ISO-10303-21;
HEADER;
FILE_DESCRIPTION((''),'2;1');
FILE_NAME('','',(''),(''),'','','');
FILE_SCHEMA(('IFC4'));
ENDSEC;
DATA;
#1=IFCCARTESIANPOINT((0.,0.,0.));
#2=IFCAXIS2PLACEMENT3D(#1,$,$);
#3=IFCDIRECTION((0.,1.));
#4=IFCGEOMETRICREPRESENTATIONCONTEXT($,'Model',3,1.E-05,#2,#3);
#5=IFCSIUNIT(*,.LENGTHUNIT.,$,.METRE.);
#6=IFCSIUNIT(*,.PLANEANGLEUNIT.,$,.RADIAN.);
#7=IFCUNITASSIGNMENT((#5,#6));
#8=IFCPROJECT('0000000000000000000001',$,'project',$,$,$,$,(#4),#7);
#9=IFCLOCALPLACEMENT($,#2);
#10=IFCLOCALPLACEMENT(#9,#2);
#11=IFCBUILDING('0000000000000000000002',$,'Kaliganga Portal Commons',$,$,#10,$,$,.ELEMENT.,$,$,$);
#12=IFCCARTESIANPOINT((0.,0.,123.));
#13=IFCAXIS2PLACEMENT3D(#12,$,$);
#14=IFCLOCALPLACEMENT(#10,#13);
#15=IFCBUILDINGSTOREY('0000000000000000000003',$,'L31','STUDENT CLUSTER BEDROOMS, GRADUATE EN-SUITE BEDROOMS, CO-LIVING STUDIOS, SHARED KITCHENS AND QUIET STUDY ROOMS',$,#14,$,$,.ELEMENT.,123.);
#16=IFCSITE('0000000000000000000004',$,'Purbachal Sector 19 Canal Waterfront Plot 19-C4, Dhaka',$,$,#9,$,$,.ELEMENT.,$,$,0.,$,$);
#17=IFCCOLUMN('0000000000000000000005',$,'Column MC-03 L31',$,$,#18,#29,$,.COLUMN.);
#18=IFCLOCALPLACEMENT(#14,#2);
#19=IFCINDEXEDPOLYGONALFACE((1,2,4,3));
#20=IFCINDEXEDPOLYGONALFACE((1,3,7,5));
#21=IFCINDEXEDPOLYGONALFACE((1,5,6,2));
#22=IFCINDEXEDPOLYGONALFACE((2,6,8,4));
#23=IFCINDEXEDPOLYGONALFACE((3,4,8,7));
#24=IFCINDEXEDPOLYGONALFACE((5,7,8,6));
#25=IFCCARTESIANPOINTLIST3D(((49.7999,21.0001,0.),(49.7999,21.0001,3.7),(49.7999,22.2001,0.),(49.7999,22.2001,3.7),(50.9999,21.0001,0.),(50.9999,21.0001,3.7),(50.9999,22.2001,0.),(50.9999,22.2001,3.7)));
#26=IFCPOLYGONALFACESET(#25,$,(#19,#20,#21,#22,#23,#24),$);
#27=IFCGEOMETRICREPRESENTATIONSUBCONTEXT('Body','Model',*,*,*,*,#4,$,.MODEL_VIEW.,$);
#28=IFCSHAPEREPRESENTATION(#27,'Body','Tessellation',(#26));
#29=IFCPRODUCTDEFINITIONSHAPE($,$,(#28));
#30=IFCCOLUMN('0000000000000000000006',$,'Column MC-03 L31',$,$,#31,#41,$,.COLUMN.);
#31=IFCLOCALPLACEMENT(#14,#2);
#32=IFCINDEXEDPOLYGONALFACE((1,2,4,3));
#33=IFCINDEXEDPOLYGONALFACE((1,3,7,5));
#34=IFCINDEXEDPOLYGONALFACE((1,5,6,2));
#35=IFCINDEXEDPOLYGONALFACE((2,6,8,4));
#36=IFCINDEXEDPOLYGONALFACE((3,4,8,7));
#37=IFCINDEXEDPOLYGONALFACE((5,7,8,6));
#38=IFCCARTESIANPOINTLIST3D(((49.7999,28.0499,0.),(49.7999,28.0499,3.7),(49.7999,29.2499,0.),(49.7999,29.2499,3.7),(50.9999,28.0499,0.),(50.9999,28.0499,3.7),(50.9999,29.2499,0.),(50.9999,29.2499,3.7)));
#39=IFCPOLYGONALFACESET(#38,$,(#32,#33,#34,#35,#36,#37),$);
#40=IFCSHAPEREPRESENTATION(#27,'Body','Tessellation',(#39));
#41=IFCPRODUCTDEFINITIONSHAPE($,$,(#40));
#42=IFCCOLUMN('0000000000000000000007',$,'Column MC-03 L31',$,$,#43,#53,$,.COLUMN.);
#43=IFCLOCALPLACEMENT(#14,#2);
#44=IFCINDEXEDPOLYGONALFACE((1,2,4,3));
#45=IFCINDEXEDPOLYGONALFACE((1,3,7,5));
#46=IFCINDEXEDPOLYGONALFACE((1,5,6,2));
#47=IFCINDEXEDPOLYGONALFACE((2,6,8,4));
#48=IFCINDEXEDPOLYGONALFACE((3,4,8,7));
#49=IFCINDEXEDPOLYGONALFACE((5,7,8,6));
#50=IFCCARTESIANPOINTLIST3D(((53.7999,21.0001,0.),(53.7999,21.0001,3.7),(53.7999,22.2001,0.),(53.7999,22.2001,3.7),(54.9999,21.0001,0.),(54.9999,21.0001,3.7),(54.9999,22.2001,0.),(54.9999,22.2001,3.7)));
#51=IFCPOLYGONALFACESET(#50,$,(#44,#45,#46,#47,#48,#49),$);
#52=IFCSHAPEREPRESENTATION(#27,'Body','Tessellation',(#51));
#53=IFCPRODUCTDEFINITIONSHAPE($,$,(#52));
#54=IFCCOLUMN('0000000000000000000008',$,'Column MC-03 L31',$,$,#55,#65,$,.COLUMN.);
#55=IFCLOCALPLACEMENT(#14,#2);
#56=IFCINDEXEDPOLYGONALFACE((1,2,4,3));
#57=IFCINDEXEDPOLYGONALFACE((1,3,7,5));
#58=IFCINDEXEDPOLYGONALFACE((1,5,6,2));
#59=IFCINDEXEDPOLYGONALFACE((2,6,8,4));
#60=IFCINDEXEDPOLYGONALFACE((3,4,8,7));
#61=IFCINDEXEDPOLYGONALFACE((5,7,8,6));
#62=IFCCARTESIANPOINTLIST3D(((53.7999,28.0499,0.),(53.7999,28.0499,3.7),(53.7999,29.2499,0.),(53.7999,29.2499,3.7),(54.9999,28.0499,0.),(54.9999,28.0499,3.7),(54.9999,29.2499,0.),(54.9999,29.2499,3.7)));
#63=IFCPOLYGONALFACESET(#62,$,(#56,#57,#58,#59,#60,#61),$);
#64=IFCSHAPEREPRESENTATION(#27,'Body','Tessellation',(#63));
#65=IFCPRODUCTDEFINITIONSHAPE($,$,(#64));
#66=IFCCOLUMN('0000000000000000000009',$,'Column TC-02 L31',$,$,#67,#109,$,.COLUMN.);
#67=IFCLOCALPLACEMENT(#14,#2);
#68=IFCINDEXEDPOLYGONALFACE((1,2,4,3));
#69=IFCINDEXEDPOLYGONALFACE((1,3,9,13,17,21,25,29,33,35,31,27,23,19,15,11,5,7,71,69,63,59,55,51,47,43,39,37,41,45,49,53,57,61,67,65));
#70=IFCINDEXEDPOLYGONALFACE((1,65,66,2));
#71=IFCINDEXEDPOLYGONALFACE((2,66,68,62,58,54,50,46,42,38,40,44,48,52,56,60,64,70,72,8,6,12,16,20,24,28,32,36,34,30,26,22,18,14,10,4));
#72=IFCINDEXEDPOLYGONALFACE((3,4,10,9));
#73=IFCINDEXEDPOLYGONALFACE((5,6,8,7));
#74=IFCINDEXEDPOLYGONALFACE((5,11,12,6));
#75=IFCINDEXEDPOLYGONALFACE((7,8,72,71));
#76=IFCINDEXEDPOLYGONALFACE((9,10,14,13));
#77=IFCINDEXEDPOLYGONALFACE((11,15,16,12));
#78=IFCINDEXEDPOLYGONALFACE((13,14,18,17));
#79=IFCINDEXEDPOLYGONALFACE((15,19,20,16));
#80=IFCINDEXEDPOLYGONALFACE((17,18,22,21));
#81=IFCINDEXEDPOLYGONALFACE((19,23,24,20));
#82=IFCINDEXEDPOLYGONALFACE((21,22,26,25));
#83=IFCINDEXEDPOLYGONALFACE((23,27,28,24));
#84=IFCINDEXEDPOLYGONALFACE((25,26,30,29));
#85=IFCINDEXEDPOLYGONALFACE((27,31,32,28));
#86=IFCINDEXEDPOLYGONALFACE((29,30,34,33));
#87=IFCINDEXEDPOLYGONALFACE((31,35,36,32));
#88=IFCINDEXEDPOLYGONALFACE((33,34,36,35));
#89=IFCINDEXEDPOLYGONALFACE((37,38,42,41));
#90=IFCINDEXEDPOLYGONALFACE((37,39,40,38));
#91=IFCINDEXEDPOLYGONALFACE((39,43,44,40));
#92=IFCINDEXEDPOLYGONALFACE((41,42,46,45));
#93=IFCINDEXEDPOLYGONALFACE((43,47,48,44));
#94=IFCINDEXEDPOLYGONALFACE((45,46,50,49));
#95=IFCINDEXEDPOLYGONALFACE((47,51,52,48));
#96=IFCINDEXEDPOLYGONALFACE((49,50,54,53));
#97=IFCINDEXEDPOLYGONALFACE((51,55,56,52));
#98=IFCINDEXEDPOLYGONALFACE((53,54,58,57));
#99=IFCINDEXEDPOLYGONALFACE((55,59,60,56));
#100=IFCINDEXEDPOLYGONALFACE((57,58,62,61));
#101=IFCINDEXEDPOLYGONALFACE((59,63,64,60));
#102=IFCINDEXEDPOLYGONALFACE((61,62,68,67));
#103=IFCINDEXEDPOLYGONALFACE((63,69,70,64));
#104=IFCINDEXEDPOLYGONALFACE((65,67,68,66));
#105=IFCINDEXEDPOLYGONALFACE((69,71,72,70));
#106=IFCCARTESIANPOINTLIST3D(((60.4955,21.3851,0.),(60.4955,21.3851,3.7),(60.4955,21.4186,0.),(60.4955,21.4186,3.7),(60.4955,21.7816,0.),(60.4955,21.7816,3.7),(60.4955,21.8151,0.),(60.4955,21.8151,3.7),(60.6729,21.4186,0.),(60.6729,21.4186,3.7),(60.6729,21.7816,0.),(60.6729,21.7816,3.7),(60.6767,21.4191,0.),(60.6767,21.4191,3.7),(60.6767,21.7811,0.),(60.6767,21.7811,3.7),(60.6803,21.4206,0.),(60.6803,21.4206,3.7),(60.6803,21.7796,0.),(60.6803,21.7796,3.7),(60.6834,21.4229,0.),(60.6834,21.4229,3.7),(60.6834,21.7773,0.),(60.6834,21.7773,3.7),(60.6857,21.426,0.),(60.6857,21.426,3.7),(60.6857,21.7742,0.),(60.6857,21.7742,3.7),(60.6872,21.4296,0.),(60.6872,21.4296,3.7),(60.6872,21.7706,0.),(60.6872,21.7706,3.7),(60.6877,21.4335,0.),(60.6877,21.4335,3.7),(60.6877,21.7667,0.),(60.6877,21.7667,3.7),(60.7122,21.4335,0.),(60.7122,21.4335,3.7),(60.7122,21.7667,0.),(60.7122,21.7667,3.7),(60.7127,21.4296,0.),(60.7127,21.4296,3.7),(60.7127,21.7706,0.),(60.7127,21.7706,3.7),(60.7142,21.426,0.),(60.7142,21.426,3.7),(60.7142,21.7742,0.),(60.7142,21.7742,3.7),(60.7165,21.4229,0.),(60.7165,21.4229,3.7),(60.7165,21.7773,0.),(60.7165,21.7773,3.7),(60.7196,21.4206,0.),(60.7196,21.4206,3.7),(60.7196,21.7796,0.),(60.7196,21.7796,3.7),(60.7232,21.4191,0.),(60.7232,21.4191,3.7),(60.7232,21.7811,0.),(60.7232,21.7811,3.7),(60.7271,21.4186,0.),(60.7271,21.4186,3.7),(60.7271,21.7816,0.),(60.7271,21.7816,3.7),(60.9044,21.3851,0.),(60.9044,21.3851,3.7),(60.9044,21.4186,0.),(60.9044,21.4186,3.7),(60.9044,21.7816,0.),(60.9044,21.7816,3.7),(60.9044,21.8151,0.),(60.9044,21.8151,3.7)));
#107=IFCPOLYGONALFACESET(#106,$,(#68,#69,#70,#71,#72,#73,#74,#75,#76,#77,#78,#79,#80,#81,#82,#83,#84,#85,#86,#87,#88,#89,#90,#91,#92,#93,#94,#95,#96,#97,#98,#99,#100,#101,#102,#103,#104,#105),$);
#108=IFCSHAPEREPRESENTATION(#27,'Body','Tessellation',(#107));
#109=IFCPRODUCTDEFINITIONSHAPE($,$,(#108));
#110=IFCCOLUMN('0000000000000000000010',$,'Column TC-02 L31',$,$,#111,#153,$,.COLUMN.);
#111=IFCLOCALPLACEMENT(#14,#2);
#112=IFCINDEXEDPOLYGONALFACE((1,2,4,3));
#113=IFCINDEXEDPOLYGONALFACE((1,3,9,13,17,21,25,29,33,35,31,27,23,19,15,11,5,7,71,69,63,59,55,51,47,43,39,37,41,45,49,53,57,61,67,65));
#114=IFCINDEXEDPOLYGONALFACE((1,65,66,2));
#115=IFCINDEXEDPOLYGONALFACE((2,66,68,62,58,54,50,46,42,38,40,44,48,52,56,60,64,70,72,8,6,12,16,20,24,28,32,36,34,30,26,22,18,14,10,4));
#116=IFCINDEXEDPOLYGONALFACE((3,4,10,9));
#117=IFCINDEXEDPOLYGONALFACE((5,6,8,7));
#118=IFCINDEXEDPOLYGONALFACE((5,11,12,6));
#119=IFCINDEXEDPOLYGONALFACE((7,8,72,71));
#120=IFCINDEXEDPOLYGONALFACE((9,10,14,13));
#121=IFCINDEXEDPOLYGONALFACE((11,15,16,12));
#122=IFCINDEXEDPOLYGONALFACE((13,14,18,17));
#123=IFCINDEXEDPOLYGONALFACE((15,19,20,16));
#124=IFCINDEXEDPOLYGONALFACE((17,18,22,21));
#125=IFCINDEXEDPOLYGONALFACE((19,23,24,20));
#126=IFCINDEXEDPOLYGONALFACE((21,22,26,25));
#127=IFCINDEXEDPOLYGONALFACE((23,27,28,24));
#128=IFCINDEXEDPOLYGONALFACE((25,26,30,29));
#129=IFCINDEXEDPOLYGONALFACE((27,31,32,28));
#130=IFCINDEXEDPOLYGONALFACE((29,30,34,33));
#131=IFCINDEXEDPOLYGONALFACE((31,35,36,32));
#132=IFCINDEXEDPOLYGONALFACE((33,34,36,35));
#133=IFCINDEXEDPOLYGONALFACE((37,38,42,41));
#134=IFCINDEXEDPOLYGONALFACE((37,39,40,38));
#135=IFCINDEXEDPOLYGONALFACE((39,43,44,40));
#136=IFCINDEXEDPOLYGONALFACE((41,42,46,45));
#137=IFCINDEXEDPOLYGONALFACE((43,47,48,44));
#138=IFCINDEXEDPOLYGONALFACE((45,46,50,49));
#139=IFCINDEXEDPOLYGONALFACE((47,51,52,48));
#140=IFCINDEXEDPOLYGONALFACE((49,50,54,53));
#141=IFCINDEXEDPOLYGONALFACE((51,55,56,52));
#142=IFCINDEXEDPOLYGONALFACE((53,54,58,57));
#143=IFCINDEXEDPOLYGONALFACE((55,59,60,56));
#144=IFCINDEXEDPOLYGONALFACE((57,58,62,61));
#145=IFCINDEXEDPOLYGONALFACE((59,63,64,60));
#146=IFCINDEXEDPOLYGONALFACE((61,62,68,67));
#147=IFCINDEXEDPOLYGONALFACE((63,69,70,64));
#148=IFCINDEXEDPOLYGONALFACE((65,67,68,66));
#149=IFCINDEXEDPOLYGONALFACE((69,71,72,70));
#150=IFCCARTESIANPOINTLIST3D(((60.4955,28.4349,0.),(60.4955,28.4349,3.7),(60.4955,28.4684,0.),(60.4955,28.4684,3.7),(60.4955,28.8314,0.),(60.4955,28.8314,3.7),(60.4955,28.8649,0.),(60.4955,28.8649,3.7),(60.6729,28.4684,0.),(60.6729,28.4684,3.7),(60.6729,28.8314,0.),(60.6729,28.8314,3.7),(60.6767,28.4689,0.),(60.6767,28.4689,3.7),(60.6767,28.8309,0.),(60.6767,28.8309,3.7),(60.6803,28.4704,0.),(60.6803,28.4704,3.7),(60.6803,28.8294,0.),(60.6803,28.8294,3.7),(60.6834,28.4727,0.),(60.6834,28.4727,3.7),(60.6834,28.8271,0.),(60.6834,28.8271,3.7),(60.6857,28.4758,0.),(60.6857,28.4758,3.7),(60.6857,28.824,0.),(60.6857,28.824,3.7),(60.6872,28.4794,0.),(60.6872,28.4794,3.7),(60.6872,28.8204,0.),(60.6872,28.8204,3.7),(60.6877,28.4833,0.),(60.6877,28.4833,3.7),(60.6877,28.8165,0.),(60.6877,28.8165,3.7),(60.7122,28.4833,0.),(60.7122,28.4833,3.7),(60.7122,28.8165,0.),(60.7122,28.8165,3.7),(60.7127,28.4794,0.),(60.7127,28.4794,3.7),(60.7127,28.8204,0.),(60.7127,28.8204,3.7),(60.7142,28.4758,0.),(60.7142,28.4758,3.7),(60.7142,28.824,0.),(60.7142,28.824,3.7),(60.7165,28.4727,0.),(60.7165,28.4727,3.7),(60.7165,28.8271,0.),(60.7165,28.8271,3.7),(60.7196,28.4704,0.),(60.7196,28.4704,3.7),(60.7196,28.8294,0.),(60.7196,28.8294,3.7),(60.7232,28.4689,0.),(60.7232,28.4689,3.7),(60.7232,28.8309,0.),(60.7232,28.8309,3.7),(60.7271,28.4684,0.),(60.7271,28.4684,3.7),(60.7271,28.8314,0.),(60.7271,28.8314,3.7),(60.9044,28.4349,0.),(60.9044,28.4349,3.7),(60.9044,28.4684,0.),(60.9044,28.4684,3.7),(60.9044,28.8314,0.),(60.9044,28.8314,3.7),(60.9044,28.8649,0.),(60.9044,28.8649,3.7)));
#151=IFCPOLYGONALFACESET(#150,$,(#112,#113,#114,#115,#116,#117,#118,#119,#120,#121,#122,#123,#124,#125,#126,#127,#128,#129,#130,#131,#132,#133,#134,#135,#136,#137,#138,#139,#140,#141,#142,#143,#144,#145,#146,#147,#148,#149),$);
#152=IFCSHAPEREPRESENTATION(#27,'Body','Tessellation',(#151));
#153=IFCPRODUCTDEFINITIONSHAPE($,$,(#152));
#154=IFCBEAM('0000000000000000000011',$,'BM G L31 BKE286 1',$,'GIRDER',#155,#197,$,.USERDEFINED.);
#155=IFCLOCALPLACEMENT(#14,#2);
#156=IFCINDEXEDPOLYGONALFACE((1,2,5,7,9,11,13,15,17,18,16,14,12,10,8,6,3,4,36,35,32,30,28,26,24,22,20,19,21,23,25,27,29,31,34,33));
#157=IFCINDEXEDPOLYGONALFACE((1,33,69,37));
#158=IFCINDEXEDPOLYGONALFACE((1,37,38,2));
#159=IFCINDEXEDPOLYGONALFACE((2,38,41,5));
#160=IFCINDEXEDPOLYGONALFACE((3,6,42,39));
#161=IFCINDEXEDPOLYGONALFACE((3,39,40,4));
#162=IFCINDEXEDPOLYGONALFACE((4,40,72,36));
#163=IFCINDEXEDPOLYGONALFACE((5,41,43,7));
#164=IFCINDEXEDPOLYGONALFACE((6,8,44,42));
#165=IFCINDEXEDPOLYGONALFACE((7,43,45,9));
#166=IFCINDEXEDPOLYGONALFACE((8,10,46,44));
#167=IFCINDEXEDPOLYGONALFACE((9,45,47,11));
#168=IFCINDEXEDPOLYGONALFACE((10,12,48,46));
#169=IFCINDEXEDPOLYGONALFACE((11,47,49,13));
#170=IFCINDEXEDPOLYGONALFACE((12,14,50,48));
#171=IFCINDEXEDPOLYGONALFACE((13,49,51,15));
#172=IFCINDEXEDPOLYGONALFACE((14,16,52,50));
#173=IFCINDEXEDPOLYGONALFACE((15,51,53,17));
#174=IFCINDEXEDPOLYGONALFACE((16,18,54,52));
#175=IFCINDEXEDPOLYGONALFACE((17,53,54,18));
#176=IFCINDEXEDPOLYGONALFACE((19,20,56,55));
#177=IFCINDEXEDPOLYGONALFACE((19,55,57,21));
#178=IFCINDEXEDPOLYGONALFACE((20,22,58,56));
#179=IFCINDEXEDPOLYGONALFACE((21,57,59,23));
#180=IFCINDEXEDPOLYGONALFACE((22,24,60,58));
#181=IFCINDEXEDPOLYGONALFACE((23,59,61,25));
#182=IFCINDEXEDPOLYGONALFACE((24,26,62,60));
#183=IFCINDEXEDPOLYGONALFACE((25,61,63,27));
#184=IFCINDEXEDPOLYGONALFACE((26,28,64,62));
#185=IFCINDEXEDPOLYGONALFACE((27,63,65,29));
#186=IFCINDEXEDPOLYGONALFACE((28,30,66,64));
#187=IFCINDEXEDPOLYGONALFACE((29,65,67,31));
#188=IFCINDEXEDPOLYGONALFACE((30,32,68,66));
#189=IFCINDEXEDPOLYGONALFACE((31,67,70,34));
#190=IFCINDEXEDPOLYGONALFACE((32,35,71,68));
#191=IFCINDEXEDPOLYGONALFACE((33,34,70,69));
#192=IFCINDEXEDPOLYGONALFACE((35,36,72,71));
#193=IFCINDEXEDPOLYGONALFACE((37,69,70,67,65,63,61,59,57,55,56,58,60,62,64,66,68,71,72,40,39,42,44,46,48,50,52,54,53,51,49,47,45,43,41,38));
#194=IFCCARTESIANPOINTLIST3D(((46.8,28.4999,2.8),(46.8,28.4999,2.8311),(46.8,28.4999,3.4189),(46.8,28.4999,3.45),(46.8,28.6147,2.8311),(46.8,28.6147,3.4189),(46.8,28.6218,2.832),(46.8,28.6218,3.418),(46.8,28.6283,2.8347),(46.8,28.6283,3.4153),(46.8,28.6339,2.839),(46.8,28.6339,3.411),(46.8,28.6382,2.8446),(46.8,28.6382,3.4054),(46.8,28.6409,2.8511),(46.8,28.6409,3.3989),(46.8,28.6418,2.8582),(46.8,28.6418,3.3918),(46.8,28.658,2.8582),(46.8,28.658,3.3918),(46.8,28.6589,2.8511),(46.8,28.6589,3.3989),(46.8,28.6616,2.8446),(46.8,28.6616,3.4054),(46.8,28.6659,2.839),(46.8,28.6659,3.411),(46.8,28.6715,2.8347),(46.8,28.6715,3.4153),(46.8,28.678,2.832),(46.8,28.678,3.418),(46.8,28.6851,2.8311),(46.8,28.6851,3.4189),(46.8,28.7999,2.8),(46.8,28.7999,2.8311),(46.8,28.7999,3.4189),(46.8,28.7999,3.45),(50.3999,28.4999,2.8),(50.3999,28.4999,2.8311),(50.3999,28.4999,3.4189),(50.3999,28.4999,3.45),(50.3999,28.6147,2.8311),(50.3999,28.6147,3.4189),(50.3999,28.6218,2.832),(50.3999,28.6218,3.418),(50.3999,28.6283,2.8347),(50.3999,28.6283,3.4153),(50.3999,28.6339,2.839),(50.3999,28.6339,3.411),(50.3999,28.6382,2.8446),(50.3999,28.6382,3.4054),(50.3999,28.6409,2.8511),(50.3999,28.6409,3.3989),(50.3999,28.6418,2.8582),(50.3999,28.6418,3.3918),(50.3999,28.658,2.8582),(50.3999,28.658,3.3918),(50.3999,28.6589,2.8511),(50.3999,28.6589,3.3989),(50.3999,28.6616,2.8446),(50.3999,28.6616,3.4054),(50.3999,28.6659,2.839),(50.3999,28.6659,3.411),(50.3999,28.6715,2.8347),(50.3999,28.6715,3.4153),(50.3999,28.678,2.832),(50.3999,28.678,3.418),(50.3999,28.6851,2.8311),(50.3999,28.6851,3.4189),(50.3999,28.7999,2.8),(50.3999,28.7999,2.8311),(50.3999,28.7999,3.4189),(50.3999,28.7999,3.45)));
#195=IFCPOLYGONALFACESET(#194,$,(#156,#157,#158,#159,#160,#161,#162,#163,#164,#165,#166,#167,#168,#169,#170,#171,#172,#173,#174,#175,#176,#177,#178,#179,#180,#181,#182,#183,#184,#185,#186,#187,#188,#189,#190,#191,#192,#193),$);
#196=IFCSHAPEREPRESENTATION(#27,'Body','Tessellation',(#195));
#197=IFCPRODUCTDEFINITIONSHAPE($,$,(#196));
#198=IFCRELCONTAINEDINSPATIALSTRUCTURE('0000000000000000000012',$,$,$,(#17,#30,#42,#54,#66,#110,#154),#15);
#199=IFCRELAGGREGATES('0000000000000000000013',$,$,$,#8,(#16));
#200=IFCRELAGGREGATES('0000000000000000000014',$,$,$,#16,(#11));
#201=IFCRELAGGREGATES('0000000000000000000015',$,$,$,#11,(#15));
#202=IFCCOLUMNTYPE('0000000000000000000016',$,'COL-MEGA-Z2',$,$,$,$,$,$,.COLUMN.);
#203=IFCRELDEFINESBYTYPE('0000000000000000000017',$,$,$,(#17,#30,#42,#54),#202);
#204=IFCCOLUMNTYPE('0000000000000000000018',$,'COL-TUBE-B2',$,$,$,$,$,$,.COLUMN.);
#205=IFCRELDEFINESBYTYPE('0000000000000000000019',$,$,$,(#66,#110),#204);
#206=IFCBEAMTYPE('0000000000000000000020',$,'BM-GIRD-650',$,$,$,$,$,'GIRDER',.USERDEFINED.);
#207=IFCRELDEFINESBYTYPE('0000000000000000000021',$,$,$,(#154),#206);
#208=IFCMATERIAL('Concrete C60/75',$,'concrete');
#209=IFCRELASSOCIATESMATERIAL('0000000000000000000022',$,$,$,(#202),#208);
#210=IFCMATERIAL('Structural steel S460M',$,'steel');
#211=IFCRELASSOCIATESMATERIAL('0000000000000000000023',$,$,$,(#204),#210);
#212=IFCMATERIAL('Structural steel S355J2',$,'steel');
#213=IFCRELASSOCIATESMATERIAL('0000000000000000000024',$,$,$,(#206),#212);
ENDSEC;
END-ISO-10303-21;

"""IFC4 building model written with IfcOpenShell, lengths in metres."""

from ifc_helpers import new_model, si_unit, direction, frame, origin, origin_2d, place, context, subcontext, project, spatial, rectangle, i_section, extrude, source, transform, mapped, material, material_profile, profile_set, type_object, element, save


model = new_model("IFC4")

# Units and contexts
model_context = context("Model", 3, precision=1e-05, world=origin(), true_north=direction((0.0, 1.0)))
body_context = subcontext(model_context, "Body", "Model", "MODEL_VIEW")
ifc_project = project(units=[si_unit("LENGTHUNIT", "METRE"), si_unit("PLANEANGLEUNIT", "RADIAN")], contexts=[model_context])

# Site, building, storey
site_placement = place(None, origin())
site = spatial("IfcSite", under=ifc_project, at=site_placement, Name="Purbachal Sector 19 Canal Waterfront Plot 19-C4, Dhaka", CompositionType="ELEMENT", RefElevation=0.0)
building_placement = place(site_placement, origin())
building = spatial("IfcBuilding", under=site, at=building_placement, Name="Kaliganga Portal Commons", CompositionType="ELEMENT")
storey_placement = place(building_placement, frame((0.0, 0.0, 123.0)))
storey = spatial("IfcBuildingStorey", under=building, at=storey_placement, Name="L31", Description="STUDENT CLUSTER BEDROOMS, GRADUATE EN-SUITE BEDROOMS, CO-LIVING STUDIOS, SHARED KITCHENS AND QUIET STUDY ROOMS", CompositionType="ELEMENT", Elevation=123.0)

# Columns
ifc_material_1 = material(Name="Concrete C60/75", Category="concrete")
ifc_material_profile_1 = material_profile(ifc_material_1, rectangle(XDim=1.2, YDim=1.2, at=origin_2d()), Name="RC 1200x1200")
ifc_profile_set_1 = profile_set([ifc_material_profile_1], Name="Concrete C60/75")
column_type_1 = type_object("IfcColumnType", Name="COL-MEGA-Z2", PredefinedType="COLUMN", material=ifc_profile_set_1)
shared_shape_1 = source(origin(), body_context, "Body", "SweptSolid", [
    extrude(rectangle(XDim=1.2, YDim=1.2, at=origin_2d()), origin(), (0.0, 0.0, 1.0), 3.7),
])
for number, where, z_axis, x_axis, name in (
    (1, (50.3999, 21.6001, 0.0), (0.0, 0.0, 1.0), (1.0, 0.0, 0.0), "Column MC-03 L31"),
    (2, (50.3999, 28.6499, 0.0), (0.0, 0.0, 1.0), (1.0, 0.0, 0.0), "Column MC-03 L31"),
    (3, (54.3999, 21.6001, 0.0), (0.0, 0.0, 1.0), (1.0, 0.0, 0.0), "Column MC-03 L31"),
    (4, (54.3999, 28.6499, 0.0), (0.0, 0.0, 1.0), (1.0, 0.0, 0.0), "Column MC-03 L31"),
):
    element("IfcColumn", number, at=place(storey_placement, frame(where, z_axis=z_axis, x_axis=x_axis)), inside=storey, type_object=column_type_1, Name=name, PredefinedType="COLUMN", context=body_context, shape_type="MappedRepresentation", body=[
        mapped(shared_shape_1, transform((0.0, 0.0, 0.0), x_axis=(1.0, 0.0, 0.0), y_axis=(0.0, 1.0, 0.0), z_axis=(0.0, 0.0, 1.0), scale=1.0)),
    ])
ifc_material_2 = material(Name="Structural steel S460M", Category="steel")
ifc_material_profile_2 = material_profile(ifc_material_2, i_section(OverallWidth=0.4089, OverallDepth=0.4299, WebThickness=0.0244, FlangeThickness=0.0334, FilletRadius=0.0149, at=origin_2d()), Name="HD 400x421")
ifc_profile_set_2 = profile_set([ifc_material_profile_2], Name="Structural steel S460M wide-flange")
column_type_2 = type_object("IfcColumnType", Name="COL-TUBE-B2", PredefinedType="COLUMN", material=ifc_profile_set_2)
shared_shape_2 = source(origin(), body_context, "Body", "SweptSolid", [
    extrude(i_section(OverallWidth=0.4089, OverallDepth=0.4299, WebThickness=0.0244, FlangeThickness=0.0334, FilletRadius=0.0149, at=origin_2d()), origin(), (0.0, 0.0, 1.0), 3.7),
])
for number, where, z_axis, x_axis, name in (
    (5, (60.7, 21.6001, 0.0), (0.0, 0.0, 1.0), (1.0, 0.0, 0.0), "Column TC-02 L31"),
    (6, (60.7, 28.6499, 0.0), (0.0, 0.0, 1.0), (1.0, 0.0, 0.0), "Column TC-02 L31"),
):
    element("IfcColumn", number, at=place(storey_placement, frame(where, z_axis=z_axis, x_axis=x_axis)), inside=storey, type_object=column_type_2, Name=name, PredefinedType="COLUMN", context=body_context, shape_type="MappedRepresentation", body=[
        mapped(shared_shape_2, transform((0.0, 0.0, 0.0), x_axis=(1.0, 0.0, 0.0), y_axis=(0.0, 1.0, 0.0), z_axis=(0.0, 0.0, 1.0), scale=1.0)),
    ])

# Beam
ifc_material_3 = material(Name="Structural steel S355J2", Category="steel")
ifc_material_profile_3 = material_profile(ifc_material_3, i_section(OverallWidth=0.3, OverallDepth=0.6499, WebThickness=0.0161, FlangeThickness=0.031, FilletRadius=0.0271, at=origin_2d()), Name="HE 650 B")
ifc_profile_set_3 = profile_set([ifc_material_profile_3], Name="Structural steel S355J2 wide-flange")
beam_type_1 = type_object("IfcBeamType", Name="BM-GIRD-650", ElementType="GIRDER", PredefinedType="USERDEFINED", material=ifc_profile_set_3)
shared_shape_3 = source(origin(), body_context, "Body", "SweptSolid", [
    extrude(i_section(OverallWidth=0.3, OverallDepth=0.6499, WebThickness=0.0161, FlangeThickness=0.031, FilletRadius=0.0271, at=origin_2d()), origin(), (0.0, 0.0, 1.0), 3.5999),
])
beam_1_placement = place(storey_placement, frame((46.8, 28.6499, 3.125), z_axis=(1.0, 0.0, 0.0), x_axis=(0.0, 1.0, 0.0)))
element("IfcBeam", 7, at=beam_1_placement, inside=storey, type_object=beam_type_1, Name="BM G L31 BKE286 1", ObjectType="GIRDER", PredefinedType="USERDEFINED", context=body_context, shape_type="MappedRepresentation", body=[
    mapped(shared_shape_3, transform((0.0, 0.0, 0.0), x_axis=(1.0, 0.0, 0.0), y_axis=(0.0, 1.0, 0.0), z_axis=(0.0, 0.0, 1.0), scale=1.0)),
])

save(model, "model.ifc")
